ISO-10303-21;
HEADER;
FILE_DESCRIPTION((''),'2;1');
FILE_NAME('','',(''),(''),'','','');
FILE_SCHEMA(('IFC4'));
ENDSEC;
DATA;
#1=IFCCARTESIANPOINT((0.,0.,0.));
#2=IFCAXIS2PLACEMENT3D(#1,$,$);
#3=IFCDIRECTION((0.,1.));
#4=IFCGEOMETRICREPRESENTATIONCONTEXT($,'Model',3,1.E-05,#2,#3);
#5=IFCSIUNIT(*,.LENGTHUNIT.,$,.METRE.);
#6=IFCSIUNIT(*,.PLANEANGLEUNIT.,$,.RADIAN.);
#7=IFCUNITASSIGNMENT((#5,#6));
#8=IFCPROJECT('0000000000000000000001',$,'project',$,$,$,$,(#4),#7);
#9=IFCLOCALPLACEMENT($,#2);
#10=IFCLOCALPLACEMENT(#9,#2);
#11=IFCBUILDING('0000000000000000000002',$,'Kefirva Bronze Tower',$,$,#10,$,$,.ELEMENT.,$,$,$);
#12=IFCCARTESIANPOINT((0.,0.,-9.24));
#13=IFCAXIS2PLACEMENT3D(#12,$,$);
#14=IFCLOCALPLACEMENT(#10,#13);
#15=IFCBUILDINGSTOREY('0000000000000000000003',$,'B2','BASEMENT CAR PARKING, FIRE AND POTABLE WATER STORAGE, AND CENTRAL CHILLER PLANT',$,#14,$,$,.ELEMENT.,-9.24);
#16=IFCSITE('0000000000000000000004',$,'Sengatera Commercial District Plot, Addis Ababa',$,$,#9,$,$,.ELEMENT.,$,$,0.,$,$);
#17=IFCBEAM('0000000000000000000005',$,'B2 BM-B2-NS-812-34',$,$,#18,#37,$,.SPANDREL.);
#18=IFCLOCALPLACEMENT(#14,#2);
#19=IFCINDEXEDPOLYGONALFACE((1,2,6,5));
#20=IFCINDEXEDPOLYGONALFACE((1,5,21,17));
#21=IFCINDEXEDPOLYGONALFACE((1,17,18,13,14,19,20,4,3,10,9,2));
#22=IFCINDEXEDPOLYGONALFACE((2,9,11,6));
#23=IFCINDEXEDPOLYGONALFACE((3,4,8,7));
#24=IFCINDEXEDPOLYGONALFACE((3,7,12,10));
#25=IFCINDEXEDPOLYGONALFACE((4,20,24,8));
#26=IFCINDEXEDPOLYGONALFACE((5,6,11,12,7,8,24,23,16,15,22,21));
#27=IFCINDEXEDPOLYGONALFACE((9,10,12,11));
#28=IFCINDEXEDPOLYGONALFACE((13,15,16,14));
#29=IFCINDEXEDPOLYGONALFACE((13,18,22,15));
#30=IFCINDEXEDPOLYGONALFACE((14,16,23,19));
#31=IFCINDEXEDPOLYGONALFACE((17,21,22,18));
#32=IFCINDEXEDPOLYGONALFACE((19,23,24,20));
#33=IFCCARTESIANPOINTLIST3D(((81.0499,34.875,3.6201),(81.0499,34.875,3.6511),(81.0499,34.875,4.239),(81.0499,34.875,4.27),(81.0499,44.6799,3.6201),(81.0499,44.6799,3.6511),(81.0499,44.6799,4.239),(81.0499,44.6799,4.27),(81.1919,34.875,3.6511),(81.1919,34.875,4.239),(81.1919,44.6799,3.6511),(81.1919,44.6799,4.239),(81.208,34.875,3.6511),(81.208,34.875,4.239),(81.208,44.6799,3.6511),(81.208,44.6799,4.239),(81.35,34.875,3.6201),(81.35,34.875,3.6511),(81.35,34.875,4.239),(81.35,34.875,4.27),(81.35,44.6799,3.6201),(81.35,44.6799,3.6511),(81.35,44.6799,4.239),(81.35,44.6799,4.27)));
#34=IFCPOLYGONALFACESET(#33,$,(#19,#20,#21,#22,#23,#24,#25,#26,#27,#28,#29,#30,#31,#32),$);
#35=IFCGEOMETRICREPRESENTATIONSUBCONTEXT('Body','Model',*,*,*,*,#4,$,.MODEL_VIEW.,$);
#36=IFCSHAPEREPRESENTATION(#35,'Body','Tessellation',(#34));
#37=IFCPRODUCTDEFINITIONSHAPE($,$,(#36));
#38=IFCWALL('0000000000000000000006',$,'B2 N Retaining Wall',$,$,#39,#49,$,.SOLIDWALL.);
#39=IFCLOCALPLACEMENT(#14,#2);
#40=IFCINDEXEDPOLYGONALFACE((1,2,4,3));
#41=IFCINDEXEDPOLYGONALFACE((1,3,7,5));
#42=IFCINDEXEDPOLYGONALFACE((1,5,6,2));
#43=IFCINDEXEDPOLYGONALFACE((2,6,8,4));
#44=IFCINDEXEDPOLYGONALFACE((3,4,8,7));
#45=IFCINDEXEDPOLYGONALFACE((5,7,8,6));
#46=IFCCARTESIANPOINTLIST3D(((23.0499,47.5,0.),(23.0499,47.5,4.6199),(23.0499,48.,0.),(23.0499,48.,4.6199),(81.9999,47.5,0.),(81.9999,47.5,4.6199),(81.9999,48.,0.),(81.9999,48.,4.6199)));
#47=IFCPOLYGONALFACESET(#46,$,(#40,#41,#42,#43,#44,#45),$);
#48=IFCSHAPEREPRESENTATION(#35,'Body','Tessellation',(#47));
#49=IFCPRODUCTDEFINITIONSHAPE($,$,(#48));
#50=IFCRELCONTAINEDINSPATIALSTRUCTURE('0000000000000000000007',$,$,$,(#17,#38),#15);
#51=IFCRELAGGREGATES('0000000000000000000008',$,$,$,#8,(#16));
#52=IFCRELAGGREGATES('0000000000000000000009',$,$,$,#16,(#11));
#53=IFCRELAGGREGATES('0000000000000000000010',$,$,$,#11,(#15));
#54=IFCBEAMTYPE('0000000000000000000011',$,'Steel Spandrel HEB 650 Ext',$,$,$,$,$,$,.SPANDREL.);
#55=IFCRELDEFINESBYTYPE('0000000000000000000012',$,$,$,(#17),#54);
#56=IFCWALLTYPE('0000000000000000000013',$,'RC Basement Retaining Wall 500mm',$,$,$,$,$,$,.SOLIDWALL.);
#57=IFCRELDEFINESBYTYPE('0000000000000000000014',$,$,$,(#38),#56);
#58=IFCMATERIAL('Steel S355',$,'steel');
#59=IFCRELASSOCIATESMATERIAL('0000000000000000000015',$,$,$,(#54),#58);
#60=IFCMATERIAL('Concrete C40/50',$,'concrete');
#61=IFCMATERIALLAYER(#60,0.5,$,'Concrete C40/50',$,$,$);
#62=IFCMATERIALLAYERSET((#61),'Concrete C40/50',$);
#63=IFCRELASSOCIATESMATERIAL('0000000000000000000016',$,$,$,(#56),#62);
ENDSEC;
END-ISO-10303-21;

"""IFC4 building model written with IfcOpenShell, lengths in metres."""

from ifc_helpers import new_model, si_unit, direction, frame, frame_2d, origin, origin_2d, place, context, subcontext, project, spatial, rectangle, i_section, extrude, material, layer, layer_set, material_profile, profile_set, type_object, element, save


model = new_model("IFC4")

# Units and contexts
model_context = context("Model", 3, precision=1e-05, world=origin(), true_north=direction((0.0, 1.0)))
body_context = subcontext(model_context, "Body", "Model", "MODEL_VIEW")
ifc_project = project(units=[si_unit("LENGTHUNIT", "METRE"), si_unit("PLANEANGLEUNIT", "RADIAN")], contexts=[model_context])

# Site, building, storey
site_placement = place(None, origin())
site = spatial("IfcSite", under=ifc_project, at=site_placement, Name="Sengatera Commercial District Plot, Addis Ababa", CompositionType="ELEMENT", RefElevation=0.0)
building_placement = place(site_placement, origin())
building = spatial("IfcBuilding", under=site, at=building_placement, Name="Kefirva Bronze Tower", CompositionType="ELEMENT")
storey_placement = place(building_placement, frame((0.0, 0.0, -9.24)))
storey = spatial("IfcBuildingStorey", under=building, at=storey_placement, Name="B2", Description="BASEMENT CAR PARKING, FIRE AND POTABLE WATER STORAGE, AND CENTRAL CHILLER PLANT", CompositionType="ELEMENT", Elevation=-9.24)

# Beam
ifc_material_1 = material(Name="Steel S355", Category="steel")
ifc_material_profile_1 = material_profile(ifc_material_1, i_section(OverallWidth=0.3, OverallDepth=0.6499, WebThickness=0.0161, FlangeThickness=0.031, at=origin_2d()), Name="HEB 650")
ifc_profile_set_1 = profile_set([ifc_material_profile_1], Name="Steel S355")
beam_type_1 = type_object("IfcBeamType", Name="Steel Spandrel HEB 650 Ext", PredefinedType="SPANDREL", material=ifc_profile_set_1)
beam_1_placement = place(storey_placement, frame((81.2, 34.875, 3.9451), z_axis=(0.0, 1.0, 0.0), x_axis=(-1.0, 0.0, 0.0)))
element("IfcBeam", 1, at=beam_1_placement, inside=storey, type_object=beam_type_1, Name="B2 BM-B2-NS-812-34", PredefinedType="SPANDREL", context=body_context, shape_type="SweptSolid", body=[
    extrude(i_section(OverallWidth=0.3, OverallDepth=0.6499, WebThickness=0.0161, FlangeThickness=0.031, at=origin_2d()), origin(), (0.0, 0.0, 1.0), 9.8049),
])

# Wall
ifc_material_2 = material(Name="Concrete C40/50", Category="concrete")
ifc_layer = layer(ifc_material_2, 0.5, Name="Concrete C40/50")
ifc_layer_set = layer_set([ifc_layer], Name="Concrete C40/50")
wall_type = type_object("IfcWallType", Name="RC Basement Retaining Wall 500mm", PredefinedType="SOLIDWALL", material=ifc_layer_set)
wall_placement = place(storey_placement, frame((82.0, 47.75, 0.0), z_axis=(0.0, 0.0, 1.0), x_axis=(-1.0, 0.0, 0.0)))
element("IfcWall", 2, at=wall_placement, inside=storey, type_object=wall_type, Name="B2 N Retaining Wall", PredefinedType="SOLIDWALL", context=body_context, shape_type="SweptSolid", body=[
    extrude(rectangle(XDim=58.95, YDim=0.5, at=frame_2d((29.4751, 0.0))), origin(), (0.0, 0.0, 1.0), 4.6199),
])

save(model, "model.ifc")
